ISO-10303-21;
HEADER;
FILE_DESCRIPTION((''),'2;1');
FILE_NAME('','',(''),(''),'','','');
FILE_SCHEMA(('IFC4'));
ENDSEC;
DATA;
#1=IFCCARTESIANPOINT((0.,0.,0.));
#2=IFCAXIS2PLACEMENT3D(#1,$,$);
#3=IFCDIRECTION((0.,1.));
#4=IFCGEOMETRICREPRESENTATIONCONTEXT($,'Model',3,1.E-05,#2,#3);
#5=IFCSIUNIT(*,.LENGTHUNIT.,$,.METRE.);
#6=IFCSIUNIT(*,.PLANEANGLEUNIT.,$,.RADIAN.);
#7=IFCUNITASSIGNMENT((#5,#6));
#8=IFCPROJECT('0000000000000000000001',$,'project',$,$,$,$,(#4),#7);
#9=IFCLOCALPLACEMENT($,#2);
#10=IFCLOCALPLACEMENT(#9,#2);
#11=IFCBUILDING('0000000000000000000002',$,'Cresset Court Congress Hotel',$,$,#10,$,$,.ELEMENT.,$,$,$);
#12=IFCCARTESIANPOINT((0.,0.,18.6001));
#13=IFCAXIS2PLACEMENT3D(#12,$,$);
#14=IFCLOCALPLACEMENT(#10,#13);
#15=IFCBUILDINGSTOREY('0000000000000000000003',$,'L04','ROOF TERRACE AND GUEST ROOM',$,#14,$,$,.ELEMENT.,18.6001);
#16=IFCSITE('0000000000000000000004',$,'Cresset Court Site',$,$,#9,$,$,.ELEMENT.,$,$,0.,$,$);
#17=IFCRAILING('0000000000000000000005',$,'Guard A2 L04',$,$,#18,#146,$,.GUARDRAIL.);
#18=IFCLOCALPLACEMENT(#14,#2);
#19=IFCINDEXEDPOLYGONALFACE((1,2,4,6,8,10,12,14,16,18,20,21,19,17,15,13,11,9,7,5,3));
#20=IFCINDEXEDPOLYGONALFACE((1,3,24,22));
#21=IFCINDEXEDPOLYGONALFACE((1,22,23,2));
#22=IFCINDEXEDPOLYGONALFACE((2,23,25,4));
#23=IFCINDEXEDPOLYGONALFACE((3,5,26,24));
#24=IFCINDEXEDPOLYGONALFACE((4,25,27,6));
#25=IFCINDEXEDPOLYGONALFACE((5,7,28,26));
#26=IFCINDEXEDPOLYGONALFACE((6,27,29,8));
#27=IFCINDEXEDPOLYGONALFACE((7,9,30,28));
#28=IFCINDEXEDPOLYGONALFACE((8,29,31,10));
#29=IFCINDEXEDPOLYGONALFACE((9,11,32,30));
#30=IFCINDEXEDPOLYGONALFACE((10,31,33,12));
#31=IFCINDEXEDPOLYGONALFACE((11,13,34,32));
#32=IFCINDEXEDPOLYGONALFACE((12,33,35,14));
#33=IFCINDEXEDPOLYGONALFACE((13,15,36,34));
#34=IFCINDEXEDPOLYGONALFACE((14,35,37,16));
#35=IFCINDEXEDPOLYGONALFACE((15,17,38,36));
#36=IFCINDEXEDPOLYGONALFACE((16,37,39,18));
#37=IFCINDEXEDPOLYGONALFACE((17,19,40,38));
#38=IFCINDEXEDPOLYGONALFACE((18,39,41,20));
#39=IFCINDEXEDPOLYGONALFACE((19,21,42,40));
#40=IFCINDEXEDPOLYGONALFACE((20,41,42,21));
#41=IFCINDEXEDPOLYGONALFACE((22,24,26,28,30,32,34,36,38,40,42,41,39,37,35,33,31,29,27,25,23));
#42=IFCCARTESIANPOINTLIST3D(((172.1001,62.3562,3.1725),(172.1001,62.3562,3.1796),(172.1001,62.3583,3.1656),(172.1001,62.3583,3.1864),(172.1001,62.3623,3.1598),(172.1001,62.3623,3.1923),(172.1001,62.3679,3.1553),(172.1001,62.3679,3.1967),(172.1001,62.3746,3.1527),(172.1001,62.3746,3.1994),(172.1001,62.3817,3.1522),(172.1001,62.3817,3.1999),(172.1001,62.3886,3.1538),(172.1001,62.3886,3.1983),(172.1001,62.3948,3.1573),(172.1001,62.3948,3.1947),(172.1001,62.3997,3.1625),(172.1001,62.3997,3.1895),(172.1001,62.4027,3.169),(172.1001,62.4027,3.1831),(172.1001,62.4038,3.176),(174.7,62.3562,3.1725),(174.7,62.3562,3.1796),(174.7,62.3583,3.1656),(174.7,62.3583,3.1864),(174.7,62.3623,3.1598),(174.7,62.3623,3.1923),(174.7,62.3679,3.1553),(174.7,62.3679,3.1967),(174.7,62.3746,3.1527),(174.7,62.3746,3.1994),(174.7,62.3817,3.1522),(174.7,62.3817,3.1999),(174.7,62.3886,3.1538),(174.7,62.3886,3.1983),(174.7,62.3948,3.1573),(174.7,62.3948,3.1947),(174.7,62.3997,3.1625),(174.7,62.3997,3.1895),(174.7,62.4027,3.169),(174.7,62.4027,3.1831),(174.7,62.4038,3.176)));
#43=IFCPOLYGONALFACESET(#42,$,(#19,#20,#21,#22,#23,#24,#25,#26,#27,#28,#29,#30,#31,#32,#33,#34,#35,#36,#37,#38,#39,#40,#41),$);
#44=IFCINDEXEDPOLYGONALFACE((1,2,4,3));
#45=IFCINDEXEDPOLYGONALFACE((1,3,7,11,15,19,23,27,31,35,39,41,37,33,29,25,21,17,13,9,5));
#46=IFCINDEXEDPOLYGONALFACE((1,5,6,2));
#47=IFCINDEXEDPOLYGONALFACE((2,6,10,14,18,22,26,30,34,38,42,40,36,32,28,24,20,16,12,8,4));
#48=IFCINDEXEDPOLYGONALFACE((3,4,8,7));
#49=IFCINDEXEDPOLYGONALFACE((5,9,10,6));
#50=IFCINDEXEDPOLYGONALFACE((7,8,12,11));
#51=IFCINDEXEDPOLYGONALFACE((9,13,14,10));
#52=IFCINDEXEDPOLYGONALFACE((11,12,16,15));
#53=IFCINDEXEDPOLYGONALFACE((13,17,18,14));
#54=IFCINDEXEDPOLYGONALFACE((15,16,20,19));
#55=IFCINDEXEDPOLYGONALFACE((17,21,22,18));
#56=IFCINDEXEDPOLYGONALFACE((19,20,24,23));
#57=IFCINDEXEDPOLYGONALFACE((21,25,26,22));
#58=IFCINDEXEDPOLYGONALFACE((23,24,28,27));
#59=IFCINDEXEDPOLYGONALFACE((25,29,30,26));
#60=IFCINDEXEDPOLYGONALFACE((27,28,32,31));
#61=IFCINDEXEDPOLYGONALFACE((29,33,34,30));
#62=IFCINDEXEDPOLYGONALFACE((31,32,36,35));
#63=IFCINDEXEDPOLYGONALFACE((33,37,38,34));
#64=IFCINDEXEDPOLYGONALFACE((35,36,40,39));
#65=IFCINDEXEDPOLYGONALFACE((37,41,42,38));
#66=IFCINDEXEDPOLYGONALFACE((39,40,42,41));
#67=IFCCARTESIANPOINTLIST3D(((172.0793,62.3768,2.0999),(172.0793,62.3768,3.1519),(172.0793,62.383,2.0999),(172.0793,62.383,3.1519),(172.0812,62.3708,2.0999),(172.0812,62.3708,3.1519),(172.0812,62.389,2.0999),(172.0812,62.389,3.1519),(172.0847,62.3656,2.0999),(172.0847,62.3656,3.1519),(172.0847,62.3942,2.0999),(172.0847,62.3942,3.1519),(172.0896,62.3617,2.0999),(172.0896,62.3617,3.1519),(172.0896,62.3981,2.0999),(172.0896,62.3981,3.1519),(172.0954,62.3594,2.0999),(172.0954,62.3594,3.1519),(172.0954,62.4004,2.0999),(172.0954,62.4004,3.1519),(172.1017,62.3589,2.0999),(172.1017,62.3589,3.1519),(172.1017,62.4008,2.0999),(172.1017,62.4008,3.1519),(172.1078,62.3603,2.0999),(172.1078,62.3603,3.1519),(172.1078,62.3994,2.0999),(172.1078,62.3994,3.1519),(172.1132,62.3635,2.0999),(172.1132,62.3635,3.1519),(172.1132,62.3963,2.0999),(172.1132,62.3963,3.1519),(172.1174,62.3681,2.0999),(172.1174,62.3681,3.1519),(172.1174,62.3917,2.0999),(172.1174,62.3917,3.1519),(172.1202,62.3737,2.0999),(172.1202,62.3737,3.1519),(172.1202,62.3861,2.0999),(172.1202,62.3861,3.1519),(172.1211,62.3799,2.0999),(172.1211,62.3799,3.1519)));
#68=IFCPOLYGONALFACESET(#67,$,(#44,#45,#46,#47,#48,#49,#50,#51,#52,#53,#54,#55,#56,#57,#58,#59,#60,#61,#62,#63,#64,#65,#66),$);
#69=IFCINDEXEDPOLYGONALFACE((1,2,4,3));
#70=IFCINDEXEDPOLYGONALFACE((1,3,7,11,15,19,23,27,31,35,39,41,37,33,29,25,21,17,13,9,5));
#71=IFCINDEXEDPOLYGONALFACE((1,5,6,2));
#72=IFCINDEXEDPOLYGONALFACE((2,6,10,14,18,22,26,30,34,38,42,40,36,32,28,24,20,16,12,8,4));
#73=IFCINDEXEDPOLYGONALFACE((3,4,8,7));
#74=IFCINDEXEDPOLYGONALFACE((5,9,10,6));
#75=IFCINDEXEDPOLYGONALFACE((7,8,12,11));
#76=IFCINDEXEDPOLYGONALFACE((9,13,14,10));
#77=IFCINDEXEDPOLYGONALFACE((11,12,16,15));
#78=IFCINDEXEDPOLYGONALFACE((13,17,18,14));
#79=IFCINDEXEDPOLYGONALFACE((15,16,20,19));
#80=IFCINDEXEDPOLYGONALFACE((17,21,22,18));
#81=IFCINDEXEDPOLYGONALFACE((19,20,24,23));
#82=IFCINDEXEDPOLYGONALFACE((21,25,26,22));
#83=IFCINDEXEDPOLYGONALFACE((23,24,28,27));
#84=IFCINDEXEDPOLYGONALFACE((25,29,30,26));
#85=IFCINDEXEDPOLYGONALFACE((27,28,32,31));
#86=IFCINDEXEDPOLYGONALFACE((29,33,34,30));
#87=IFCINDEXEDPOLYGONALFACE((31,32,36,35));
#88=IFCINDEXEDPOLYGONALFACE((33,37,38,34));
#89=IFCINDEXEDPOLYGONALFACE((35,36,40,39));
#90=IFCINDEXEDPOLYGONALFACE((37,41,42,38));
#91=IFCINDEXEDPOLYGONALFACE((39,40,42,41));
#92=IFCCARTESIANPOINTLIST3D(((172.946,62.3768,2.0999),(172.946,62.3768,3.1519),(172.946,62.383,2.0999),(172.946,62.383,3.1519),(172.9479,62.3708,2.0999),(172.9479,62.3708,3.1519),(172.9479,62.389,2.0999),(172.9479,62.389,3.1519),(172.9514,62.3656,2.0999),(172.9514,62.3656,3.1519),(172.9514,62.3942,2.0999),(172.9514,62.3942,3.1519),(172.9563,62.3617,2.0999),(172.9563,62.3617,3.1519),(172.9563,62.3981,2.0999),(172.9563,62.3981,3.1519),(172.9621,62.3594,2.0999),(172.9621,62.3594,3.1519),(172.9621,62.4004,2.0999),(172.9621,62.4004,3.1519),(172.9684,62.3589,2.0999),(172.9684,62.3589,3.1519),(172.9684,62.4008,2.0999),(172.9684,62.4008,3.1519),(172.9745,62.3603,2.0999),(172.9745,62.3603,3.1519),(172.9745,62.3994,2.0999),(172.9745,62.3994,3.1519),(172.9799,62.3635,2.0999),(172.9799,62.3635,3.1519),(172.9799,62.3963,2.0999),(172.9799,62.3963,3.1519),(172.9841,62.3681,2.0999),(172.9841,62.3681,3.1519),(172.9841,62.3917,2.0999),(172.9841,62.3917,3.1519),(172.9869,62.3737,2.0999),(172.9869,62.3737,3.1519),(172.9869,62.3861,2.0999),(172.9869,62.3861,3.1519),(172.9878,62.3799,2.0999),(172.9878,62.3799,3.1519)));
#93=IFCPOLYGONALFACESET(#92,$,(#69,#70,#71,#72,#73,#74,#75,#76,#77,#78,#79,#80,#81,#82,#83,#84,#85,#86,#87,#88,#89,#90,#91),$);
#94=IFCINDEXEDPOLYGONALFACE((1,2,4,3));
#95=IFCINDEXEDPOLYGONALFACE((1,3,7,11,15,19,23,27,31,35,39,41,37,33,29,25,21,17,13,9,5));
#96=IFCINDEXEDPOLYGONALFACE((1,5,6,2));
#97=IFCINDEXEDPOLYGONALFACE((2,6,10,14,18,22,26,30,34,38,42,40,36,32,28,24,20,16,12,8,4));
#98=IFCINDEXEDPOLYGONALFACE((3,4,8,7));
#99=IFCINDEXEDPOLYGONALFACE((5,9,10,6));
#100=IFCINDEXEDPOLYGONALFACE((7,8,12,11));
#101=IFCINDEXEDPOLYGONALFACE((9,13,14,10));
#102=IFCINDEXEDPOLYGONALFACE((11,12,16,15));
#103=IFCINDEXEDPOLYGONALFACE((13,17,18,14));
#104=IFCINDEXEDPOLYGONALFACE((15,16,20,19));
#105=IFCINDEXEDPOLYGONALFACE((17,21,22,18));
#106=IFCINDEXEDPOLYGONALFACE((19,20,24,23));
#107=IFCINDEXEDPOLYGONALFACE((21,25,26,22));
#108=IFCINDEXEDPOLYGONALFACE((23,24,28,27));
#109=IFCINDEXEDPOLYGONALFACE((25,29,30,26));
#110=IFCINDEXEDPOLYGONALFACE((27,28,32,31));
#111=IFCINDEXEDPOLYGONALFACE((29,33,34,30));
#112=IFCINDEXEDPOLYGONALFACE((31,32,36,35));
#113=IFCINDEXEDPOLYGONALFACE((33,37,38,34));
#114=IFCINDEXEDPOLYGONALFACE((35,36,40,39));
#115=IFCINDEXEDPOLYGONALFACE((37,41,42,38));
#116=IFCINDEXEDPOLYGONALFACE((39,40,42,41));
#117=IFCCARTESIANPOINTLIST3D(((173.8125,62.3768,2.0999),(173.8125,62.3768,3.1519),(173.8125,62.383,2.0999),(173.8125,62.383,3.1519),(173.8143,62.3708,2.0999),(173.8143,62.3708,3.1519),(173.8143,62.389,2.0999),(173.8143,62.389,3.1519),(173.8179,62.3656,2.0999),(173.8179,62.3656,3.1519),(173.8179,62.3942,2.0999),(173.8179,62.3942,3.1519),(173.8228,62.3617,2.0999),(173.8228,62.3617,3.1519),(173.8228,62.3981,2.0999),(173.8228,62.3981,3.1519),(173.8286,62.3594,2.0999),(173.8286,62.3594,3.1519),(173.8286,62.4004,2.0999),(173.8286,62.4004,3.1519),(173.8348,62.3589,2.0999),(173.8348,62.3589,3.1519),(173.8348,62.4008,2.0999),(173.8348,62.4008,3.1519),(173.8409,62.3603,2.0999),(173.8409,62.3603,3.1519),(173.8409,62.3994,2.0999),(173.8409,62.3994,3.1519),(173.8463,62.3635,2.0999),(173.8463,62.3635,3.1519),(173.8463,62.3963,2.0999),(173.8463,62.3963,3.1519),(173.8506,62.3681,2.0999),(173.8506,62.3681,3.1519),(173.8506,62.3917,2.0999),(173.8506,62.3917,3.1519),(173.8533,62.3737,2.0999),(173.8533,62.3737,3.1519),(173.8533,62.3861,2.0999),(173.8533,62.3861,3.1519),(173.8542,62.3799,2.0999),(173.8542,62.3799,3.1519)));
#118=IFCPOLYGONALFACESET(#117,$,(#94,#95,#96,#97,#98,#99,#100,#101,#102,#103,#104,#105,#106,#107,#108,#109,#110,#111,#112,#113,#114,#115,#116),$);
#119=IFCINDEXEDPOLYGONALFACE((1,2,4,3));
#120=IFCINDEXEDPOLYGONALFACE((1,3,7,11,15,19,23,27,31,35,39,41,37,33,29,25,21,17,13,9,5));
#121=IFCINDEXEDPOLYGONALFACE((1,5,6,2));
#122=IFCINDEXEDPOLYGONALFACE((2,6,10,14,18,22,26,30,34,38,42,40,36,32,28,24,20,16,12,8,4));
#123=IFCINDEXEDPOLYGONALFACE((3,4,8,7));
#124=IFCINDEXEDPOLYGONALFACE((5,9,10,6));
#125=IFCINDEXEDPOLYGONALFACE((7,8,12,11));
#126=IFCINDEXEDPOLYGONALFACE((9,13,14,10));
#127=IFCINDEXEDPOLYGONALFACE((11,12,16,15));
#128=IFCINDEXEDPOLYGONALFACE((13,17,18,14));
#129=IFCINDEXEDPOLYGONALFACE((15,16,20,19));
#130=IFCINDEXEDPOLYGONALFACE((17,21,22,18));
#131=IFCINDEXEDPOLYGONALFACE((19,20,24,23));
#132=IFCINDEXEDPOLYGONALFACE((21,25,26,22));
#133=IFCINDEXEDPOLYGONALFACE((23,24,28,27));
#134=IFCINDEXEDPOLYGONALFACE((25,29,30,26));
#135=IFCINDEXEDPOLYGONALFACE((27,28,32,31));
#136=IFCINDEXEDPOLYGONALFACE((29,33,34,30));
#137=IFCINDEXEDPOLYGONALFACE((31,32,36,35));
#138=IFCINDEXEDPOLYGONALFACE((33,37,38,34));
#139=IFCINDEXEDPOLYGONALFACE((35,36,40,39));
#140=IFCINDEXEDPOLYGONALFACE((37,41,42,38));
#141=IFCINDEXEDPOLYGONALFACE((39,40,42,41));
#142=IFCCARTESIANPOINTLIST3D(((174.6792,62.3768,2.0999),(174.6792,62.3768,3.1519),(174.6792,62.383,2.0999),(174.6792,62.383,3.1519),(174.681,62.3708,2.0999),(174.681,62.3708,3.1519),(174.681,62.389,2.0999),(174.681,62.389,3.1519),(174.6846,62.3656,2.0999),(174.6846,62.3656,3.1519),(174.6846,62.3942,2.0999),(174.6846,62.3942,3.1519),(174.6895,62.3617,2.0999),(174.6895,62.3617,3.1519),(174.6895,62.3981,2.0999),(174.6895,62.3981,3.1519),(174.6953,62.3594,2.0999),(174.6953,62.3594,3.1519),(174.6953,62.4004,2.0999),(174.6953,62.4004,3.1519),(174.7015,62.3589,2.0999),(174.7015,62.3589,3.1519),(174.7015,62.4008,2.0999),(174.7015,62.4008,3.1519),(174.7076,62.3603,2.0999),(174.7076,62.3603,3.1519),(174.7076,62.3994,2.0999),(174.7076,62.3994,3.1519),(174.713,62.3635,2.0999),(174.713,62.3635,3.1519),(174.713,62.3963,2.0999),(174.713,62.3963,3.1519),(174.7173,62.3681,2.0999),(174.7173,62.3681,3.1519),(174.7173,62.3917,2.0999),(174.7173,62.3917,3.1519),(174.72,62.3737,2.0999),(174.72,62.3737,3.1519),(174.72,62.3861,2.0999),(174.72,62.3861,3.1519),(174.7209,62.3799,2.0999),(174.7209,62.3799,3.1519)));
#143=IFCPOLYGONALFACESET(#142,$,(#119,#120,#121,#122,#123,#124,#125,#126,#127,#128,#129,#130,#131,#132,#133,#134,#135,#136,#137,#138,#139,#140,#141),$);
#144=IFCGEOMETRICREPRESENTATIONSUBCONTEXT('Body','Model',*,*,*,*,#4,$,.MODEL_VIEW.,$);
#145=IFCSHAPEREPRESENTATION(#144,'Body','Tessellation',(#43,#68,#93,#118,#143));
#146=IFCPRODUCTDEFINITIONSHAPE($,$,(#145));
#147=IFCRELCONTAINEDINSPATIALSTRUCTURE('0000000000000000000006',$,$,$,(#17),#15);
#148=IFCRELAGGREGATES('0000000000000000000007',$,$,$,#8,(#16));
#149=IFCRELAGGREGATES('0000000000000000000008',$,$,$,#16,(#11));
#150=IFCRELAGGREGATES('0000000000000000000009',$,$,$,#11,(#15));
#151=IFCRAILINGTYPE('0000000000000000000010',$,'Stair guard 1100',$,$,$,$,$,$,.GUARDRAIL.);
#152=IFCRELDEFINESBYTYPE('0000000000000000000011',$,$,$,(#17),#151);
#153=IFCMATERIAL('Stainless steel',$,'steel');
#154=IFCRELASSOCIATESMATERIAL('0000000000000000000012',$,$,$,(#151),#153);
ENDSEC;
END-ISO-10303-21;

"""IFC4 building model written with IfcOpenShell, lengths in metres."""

from ifc_helpers import new_model, si_unit, direction, frame, origin, origin_2d, place, context, subcontext, project, spatial, circle, extrude, material, type_object, element, save


model = new_model("IFC4")

# Units and contexts
model_context = context("Model", 3, precision=1e-05, world=origin(), true_north=direction((0.0, 1.0)))
body_context = subcontext(model_context, "Body", "Model", "MODEL_VIEW")
ifc_project = project(units=[si_unit("LENGTHUNIT", "METRE"), si_unit("PLANEANGLEUNIT", "RADIAN")], contexts=[model_context])

# Site, building, storey
site_placement = place(None, origin())
site = spatial("IfcSite", under=ifc_project, at=site_placement, Name="Cresset Court Site", CompositionType="ELEMENT", RefElevation=0.0)
building_placement = place(site_placement, origin())
building = spatial("IfcBuilding", under=site, at=building_placement, Name="Cresset Court Congress Hotel", CompositionType="ELEMENT")
storey_placement = place(building_placement, frame((0.0, 0.0, 18.6001)))
storey = spatial("IfcBuildingStorey", under=building, at=storey_placement, Name="L04", Description="ROOF TERRACE AND GUEST ROOM", CompositionType="ELEMENT", Elevation=18.6001)

# Railing
ifc_material_1 = material(Name="Stainless steel", Category="steel")
railing_type_1 = type_object("IfcRailingType", Name="Stair guard 1100", PredefinedType="GUARDRAIL", material=ifc_material_1)
for number, where, name in (
    (1, (172.1001, 62.3799, 2.0999), "Guard A2 L04"),
):
    element("IfcRailing", number, at=place(storey_placement, frame(where)), inside=storey, type_object=railing_type_1, Name=name, PredefinedType="GUARDRAIL", context=body_context, shape_type="SweptSolid", body=[
        extrude(circle(Radius=0.0239, at=origin_2d()), frame((0.0, 0.0, 1.0762), z_axis=(1.0, 0.0, 0.0), x_axis=(0.0, 1.0, 0.0)), (0.0, 0.0, 1.0), 2.5999),
        extrude(circle(Radius=0.021, at=origin_2d()), origin(), (0.0, 0.0, 1.0), 1.052),
        extrude(circle(Radius=0.021, at=origin_2d()), frame((0.8667, 0.0, 0.0)), (0.0, 0.0, 1.0), 1.052),
        extrude(circle(Radius=0.021, at=origin_2d()), frame((1.7332, 0.0, 0.0)), (0.0, 0.0, 1.0), 1.052),
        extrude(circle(Radius=0.021, at=origin_2d()), frame((2.5999, 0.0, 0.0)), (0.0, 0.0, 1.0), 1.052),
    ])

save(model, "model.ifc")
